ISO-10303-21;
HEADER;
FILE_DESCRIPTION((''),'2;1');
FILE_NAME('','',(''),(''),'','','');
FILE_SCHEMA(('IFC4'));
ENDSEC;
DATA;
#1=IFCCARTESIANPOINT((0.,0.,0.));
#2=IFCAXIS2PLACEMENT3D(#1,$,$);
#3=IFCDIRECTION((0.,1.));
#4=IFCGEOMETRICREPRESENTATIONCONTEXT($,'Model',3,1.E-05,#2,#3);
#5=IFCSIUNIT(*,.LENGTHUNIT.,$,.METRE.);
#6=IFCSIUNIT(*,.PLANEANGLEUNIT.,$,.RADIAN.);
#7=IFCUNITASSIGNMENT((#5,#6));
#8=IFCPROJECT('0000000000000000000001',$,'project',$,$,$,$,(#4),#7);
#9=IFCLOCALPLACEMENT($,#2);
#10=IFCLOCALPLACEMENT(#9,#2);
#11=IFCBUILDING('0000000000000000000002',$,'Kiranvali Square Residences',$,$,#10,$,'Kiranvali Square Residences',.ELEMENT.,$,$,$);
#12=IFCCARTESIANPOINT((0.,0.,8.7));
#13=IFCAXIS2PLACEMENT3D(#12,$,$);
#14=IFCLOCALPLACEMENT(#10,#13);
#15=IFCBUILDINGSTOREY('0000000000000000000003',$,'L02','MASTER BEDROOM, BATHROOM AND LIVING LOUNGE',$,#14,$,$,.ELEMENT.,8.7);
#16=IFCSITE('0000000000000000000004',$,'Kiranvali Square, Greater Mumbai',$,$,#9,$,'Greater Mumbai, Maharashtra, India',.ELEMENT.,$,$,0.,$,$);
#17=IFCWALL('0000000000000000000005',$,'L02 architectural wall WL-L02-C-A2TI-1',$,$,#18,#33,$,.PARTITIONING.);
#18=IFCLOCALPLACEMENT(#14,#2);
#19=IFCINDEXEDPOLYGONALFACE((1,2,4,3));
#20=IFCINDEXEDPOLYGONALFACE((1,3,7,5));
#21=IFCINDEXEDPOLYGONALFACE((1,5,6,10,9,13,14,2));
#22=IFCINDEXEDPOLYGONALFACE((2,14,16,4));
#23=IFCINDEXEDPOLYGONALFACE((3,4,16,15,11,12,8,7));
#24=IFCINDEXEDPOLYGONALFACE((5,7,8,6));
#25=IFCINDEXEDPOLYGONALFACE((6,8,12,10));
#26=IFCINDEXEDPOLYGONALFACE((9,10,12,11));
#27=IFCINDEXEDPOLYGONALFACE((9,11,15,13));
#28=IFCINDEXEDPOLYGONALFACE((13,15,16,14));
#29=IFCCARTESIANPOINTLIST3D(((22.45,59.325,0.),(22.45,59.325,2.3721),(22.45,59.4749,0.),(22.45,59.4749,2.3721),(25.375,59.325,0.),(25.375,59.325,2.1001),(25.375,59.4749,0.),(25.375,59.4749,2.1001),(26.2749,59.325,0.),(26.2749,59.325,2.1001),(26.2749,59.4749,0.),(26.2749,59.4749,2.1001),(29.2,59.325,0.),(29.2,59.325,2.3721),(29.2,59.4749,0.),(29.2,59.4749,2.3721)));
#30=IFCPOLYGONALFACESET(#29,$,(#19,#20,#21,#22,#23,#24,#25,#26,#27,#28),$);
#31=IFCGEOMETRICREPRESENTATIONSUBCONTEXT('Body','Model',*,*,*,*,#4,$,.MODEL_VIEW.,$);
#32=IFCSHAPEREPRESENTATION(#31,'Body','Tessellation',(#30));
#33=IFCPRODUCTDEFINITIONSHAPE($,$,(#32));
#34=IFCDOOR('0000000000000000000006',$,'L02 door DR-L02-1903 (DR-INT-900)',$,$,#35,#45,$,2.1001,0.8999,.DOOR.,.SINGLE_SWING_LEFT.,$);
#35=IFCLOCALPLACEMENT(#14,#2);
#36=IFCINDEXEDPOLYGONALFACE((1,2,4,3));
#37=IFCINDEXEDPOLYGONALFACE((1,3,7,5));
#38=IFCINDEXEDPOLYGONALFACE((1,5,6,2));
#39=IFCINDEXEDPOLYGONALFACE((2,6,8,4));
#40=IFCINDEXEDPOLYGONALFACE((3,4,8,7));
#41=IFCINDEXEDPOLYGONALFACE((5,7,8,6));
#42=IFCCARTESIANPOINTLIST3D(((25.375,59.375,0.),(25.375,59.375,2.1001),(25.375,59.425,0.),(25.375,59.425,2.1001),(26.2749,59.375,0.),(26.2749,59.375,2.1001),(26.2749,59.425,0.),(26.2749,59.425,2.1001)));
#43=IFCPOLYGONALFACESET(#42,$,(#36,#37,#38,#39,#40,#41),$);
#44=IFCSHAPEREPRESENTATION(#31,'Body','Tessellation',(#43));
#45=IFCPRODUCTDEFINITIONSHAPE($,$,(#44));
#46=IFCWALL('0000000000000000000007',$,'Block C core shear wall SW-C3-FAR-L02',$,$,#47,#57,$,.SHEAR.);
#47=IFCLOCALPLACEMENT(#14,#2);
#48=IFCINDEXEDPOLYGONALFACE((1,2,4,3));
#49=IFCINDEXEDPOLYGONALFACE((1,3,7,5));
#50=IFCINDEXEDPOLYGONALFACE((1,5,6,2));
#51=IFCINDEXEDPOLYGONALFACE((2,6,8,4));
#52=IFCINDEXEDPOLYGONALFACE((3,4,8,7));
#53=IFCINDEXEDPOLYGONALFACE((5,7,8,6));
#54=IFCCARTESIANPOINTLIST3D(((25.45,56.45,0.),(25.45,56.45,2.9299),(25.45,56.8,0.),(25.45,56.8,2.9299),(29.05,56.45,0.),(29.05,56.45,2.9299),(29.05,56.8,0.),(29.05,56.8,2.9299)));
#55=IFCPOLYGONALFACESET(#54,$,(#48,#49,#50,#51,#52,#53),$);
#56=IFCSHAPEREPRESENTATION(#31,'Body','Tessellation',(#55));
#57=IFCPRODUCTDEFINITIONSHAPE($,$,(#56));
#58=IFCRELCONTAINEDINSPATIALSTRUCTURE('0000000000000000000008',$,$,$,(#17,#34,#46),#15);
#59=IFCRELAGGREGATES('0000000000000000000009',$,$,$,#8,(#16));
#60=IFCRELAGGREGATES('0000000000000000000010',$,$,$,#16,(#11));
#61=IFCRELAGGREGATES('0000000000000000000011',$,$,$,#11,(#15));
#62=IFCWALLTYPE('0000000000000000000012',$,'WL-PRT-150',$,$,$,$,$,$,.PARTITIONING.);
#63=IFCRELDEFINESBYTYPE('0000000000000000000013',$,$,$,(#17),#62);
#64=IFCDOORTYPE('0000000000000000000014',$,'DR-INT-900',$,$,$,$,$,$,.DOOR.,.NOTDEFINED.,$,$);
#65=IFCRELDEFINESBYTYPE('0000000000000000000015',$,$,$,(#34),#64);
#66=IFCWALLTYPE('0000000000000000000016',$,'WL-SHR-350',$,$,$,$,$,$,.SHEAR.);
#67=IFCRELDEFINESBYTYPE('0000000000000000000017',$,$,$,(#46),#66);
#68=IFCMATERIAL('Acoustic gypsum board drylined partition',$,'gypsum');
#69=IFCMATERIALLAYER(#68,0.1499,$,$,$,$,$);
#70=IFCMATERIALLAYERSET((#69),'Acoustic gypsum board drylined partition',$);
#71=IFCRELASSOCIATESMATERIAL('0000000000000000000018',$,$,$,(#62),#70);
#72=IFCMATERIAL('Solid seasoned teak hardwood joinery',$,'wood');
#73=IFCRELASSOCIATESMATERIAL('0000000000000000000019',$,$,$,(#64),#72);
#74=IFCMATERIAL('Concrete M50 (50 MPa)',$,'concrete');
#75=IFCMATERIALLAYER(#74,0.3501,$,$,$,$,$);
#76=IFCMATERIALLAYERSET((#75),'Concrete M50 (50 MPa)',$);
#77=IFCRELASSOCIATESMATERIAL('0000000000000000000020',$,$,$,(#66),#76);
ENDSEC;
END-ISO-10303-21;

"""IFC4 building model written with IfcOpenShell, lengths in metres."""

from ifc_helpers import new_model, si_unit, direction, frame, frame_2d, origin, place, context, subcontext, project, spatial, rectangle, extrude, material, layer, layer_set, type_object, element, fill, save


model = new_model("IFC4")

# Units and contexts
model_context = context("Model", 3, precision=1e-05, world=origin(), true_north=direction((0.0, 1.0)))
body_context = subcontext(model_context, "Body", "Model", "MODEL_VIEW")
ifc_project = project(units=[si_unit("LENGTHUNIT", "METRE"), si_unit("PLANEANGLEUNIT", "RADIAN")], contexts=[model_context])

# Site, building, storey
site_placement = place(None, origin())
site = spatial("IfcSite", under=ifc_project, at=site_placement, Name="Kiranvali Square, Greater Mumbai", LongName="Greater Mumbai, Maharashtra, India", CompositionType="ELEMENT", RefElevation=0.0)
building_placement = place(site_placement, origin())
building = spatial("IfcBuilding", under=site, at=building_placement, Name="Kiranvali Square Residences", LongName="Kiranvali Square Residences", CompositionType="ELEMENT")
storey_placement = place(building_placement, frame((0.0, 0.0, 8.7)))
storey = spatial("IfcBuildingStorey", under=building, at=storey_placement, Name="L02", Description="MASTER BEDROOM, BATHROOM AND LIVING LOUNGE", CompositionType="ELEMENT", Elevation=8.7)

# Shared definitions
ifc_material_1 = material(Name="Concrete M50 (50 MPa)", Category="concrete")

# Wall, opening, door
ifc_material_2 = material(Name="Acoustic gypsum board drylined partition", Category="gypsum")
ifc_layer_1 = layer(ifc_material_2, 0.1499)
ifc_layer_set_1 = layer_set([ifc_layer_1], Name="Acoustic gypsum board drylined partition")
wall_type_1 = type_object("IfcWallType", Name="WL-PRT-150", PredefinedType="PARTITIONING", material=ifc_layer_set_1)
wall_1_placement = place(storey_placement, frame((29.2, 59.3999, 0.0), z_axis=(0.0, 0.0, 1.0), x_axis=(-1.0, 0.0, 0.0)))
wall_1 = element("IfcWall", 1, at=wall_1_placement, inside=storey, type_object=wall_type_1, Name="L02 architectural wall WL-L02-C-A2TI-1", PredefinedType="PARTITIONING", context=body_context, shape_type="SweptSolid", body=[
    extrude(rectangle(XDim=6.75, YDim=0.1499, at=frame_2d((3.375, 0.0))), origin(), (0.0, 0.0, 1.0), 2.3721),
])
opening_1_placement = place(wall_1_placement, frame((2.925, 0.0, 0.0)))
opening_1 = element("IfcOpeningElement", 2, at=opening_1_placement, cuts=wall_1, PredefinedType="OPENING", context=body_context, shape_type="SweptSolid", body=[
    extrude(rectangle(XDim=0.8999, YDim=2.1001, at=frame_2d((0.45, 1.05))), frame((0.0, 0.085, 0.0), z_axis=(0.0, -1.0, 0.0), x_axis=(1.0, 0.0, 0.0)), (0.0, 0.0, 1.0), 0.1699),
])
ifc_material_3 = material(Name="Solid seasoned teak hardwood joinery", Category="wood")
door_type_1 = type_object("IfcDoorType", Name="DR-INT-900", OperationType="NOTDEFINED", PredefinedType="DOOR", material=ifc_material_3)
door_1_placement = place(opening_1_placement, origin())
door_1 = element("IfcDoor", 3, at=door_1_placement, inside=storey, type_object=door_type_1, Name="L02 door DR-L02-1903 (DR-INT-900)", OperationType="SINGLE_SWING_LEFT", OverallHeight=2.1001, OverallWidth=0.8999, PredefinedType="DOOR", context=body_context, shape_type="SweptSolid", body=[
    extrude(rectangle(XDim=0.8999, YDim=2.1001, at=frame_2d((0.45, 1.05))), frame((0.0, 0.0249, 0.0), z_axis=(0.0, -1.0, 0.0), x_axis=(1.0, 0.0, 0.0)), (0.0, 0.0, 1.0), 0.05),
])
fill(opening_1, door_1)

# Wall
ifc_layer_2 = layer(ifc_material_1, 0.3501)
ifc_layer_set_2 = layer_set([ifc_layer_2], Name="Concrete M50 (50 MPa)")
wall_type_2 = type_object("IfcWallType", Name="WL-SHR-350", PredefinedType="SHEAR", material=ifc_layer_set_2)
wall_2_placement = place(storey_placement, frame((29.05, 56.625, 0.0), z_axis=(0.0, 0.0, 1.0), x_axis=(-1.0, 0.0, 0.0)))
element("IfcWall", 4, at=wall_2_placement, inside=storey, type_object=wall_type_2, Name="Block C core shear wall SW-C3-FAR-L02", PredefinedType="SHEAR", context=body_context, shape_type="SweptSolid", body=[
    extrude(rectangle(XDim=3.6001, YDim=0.3501, at=frame_2d((1.8, 0.0))), origin(), (0.0, 0.0, 1.0), 2.9299),
])

save(model, "model.ifc")
